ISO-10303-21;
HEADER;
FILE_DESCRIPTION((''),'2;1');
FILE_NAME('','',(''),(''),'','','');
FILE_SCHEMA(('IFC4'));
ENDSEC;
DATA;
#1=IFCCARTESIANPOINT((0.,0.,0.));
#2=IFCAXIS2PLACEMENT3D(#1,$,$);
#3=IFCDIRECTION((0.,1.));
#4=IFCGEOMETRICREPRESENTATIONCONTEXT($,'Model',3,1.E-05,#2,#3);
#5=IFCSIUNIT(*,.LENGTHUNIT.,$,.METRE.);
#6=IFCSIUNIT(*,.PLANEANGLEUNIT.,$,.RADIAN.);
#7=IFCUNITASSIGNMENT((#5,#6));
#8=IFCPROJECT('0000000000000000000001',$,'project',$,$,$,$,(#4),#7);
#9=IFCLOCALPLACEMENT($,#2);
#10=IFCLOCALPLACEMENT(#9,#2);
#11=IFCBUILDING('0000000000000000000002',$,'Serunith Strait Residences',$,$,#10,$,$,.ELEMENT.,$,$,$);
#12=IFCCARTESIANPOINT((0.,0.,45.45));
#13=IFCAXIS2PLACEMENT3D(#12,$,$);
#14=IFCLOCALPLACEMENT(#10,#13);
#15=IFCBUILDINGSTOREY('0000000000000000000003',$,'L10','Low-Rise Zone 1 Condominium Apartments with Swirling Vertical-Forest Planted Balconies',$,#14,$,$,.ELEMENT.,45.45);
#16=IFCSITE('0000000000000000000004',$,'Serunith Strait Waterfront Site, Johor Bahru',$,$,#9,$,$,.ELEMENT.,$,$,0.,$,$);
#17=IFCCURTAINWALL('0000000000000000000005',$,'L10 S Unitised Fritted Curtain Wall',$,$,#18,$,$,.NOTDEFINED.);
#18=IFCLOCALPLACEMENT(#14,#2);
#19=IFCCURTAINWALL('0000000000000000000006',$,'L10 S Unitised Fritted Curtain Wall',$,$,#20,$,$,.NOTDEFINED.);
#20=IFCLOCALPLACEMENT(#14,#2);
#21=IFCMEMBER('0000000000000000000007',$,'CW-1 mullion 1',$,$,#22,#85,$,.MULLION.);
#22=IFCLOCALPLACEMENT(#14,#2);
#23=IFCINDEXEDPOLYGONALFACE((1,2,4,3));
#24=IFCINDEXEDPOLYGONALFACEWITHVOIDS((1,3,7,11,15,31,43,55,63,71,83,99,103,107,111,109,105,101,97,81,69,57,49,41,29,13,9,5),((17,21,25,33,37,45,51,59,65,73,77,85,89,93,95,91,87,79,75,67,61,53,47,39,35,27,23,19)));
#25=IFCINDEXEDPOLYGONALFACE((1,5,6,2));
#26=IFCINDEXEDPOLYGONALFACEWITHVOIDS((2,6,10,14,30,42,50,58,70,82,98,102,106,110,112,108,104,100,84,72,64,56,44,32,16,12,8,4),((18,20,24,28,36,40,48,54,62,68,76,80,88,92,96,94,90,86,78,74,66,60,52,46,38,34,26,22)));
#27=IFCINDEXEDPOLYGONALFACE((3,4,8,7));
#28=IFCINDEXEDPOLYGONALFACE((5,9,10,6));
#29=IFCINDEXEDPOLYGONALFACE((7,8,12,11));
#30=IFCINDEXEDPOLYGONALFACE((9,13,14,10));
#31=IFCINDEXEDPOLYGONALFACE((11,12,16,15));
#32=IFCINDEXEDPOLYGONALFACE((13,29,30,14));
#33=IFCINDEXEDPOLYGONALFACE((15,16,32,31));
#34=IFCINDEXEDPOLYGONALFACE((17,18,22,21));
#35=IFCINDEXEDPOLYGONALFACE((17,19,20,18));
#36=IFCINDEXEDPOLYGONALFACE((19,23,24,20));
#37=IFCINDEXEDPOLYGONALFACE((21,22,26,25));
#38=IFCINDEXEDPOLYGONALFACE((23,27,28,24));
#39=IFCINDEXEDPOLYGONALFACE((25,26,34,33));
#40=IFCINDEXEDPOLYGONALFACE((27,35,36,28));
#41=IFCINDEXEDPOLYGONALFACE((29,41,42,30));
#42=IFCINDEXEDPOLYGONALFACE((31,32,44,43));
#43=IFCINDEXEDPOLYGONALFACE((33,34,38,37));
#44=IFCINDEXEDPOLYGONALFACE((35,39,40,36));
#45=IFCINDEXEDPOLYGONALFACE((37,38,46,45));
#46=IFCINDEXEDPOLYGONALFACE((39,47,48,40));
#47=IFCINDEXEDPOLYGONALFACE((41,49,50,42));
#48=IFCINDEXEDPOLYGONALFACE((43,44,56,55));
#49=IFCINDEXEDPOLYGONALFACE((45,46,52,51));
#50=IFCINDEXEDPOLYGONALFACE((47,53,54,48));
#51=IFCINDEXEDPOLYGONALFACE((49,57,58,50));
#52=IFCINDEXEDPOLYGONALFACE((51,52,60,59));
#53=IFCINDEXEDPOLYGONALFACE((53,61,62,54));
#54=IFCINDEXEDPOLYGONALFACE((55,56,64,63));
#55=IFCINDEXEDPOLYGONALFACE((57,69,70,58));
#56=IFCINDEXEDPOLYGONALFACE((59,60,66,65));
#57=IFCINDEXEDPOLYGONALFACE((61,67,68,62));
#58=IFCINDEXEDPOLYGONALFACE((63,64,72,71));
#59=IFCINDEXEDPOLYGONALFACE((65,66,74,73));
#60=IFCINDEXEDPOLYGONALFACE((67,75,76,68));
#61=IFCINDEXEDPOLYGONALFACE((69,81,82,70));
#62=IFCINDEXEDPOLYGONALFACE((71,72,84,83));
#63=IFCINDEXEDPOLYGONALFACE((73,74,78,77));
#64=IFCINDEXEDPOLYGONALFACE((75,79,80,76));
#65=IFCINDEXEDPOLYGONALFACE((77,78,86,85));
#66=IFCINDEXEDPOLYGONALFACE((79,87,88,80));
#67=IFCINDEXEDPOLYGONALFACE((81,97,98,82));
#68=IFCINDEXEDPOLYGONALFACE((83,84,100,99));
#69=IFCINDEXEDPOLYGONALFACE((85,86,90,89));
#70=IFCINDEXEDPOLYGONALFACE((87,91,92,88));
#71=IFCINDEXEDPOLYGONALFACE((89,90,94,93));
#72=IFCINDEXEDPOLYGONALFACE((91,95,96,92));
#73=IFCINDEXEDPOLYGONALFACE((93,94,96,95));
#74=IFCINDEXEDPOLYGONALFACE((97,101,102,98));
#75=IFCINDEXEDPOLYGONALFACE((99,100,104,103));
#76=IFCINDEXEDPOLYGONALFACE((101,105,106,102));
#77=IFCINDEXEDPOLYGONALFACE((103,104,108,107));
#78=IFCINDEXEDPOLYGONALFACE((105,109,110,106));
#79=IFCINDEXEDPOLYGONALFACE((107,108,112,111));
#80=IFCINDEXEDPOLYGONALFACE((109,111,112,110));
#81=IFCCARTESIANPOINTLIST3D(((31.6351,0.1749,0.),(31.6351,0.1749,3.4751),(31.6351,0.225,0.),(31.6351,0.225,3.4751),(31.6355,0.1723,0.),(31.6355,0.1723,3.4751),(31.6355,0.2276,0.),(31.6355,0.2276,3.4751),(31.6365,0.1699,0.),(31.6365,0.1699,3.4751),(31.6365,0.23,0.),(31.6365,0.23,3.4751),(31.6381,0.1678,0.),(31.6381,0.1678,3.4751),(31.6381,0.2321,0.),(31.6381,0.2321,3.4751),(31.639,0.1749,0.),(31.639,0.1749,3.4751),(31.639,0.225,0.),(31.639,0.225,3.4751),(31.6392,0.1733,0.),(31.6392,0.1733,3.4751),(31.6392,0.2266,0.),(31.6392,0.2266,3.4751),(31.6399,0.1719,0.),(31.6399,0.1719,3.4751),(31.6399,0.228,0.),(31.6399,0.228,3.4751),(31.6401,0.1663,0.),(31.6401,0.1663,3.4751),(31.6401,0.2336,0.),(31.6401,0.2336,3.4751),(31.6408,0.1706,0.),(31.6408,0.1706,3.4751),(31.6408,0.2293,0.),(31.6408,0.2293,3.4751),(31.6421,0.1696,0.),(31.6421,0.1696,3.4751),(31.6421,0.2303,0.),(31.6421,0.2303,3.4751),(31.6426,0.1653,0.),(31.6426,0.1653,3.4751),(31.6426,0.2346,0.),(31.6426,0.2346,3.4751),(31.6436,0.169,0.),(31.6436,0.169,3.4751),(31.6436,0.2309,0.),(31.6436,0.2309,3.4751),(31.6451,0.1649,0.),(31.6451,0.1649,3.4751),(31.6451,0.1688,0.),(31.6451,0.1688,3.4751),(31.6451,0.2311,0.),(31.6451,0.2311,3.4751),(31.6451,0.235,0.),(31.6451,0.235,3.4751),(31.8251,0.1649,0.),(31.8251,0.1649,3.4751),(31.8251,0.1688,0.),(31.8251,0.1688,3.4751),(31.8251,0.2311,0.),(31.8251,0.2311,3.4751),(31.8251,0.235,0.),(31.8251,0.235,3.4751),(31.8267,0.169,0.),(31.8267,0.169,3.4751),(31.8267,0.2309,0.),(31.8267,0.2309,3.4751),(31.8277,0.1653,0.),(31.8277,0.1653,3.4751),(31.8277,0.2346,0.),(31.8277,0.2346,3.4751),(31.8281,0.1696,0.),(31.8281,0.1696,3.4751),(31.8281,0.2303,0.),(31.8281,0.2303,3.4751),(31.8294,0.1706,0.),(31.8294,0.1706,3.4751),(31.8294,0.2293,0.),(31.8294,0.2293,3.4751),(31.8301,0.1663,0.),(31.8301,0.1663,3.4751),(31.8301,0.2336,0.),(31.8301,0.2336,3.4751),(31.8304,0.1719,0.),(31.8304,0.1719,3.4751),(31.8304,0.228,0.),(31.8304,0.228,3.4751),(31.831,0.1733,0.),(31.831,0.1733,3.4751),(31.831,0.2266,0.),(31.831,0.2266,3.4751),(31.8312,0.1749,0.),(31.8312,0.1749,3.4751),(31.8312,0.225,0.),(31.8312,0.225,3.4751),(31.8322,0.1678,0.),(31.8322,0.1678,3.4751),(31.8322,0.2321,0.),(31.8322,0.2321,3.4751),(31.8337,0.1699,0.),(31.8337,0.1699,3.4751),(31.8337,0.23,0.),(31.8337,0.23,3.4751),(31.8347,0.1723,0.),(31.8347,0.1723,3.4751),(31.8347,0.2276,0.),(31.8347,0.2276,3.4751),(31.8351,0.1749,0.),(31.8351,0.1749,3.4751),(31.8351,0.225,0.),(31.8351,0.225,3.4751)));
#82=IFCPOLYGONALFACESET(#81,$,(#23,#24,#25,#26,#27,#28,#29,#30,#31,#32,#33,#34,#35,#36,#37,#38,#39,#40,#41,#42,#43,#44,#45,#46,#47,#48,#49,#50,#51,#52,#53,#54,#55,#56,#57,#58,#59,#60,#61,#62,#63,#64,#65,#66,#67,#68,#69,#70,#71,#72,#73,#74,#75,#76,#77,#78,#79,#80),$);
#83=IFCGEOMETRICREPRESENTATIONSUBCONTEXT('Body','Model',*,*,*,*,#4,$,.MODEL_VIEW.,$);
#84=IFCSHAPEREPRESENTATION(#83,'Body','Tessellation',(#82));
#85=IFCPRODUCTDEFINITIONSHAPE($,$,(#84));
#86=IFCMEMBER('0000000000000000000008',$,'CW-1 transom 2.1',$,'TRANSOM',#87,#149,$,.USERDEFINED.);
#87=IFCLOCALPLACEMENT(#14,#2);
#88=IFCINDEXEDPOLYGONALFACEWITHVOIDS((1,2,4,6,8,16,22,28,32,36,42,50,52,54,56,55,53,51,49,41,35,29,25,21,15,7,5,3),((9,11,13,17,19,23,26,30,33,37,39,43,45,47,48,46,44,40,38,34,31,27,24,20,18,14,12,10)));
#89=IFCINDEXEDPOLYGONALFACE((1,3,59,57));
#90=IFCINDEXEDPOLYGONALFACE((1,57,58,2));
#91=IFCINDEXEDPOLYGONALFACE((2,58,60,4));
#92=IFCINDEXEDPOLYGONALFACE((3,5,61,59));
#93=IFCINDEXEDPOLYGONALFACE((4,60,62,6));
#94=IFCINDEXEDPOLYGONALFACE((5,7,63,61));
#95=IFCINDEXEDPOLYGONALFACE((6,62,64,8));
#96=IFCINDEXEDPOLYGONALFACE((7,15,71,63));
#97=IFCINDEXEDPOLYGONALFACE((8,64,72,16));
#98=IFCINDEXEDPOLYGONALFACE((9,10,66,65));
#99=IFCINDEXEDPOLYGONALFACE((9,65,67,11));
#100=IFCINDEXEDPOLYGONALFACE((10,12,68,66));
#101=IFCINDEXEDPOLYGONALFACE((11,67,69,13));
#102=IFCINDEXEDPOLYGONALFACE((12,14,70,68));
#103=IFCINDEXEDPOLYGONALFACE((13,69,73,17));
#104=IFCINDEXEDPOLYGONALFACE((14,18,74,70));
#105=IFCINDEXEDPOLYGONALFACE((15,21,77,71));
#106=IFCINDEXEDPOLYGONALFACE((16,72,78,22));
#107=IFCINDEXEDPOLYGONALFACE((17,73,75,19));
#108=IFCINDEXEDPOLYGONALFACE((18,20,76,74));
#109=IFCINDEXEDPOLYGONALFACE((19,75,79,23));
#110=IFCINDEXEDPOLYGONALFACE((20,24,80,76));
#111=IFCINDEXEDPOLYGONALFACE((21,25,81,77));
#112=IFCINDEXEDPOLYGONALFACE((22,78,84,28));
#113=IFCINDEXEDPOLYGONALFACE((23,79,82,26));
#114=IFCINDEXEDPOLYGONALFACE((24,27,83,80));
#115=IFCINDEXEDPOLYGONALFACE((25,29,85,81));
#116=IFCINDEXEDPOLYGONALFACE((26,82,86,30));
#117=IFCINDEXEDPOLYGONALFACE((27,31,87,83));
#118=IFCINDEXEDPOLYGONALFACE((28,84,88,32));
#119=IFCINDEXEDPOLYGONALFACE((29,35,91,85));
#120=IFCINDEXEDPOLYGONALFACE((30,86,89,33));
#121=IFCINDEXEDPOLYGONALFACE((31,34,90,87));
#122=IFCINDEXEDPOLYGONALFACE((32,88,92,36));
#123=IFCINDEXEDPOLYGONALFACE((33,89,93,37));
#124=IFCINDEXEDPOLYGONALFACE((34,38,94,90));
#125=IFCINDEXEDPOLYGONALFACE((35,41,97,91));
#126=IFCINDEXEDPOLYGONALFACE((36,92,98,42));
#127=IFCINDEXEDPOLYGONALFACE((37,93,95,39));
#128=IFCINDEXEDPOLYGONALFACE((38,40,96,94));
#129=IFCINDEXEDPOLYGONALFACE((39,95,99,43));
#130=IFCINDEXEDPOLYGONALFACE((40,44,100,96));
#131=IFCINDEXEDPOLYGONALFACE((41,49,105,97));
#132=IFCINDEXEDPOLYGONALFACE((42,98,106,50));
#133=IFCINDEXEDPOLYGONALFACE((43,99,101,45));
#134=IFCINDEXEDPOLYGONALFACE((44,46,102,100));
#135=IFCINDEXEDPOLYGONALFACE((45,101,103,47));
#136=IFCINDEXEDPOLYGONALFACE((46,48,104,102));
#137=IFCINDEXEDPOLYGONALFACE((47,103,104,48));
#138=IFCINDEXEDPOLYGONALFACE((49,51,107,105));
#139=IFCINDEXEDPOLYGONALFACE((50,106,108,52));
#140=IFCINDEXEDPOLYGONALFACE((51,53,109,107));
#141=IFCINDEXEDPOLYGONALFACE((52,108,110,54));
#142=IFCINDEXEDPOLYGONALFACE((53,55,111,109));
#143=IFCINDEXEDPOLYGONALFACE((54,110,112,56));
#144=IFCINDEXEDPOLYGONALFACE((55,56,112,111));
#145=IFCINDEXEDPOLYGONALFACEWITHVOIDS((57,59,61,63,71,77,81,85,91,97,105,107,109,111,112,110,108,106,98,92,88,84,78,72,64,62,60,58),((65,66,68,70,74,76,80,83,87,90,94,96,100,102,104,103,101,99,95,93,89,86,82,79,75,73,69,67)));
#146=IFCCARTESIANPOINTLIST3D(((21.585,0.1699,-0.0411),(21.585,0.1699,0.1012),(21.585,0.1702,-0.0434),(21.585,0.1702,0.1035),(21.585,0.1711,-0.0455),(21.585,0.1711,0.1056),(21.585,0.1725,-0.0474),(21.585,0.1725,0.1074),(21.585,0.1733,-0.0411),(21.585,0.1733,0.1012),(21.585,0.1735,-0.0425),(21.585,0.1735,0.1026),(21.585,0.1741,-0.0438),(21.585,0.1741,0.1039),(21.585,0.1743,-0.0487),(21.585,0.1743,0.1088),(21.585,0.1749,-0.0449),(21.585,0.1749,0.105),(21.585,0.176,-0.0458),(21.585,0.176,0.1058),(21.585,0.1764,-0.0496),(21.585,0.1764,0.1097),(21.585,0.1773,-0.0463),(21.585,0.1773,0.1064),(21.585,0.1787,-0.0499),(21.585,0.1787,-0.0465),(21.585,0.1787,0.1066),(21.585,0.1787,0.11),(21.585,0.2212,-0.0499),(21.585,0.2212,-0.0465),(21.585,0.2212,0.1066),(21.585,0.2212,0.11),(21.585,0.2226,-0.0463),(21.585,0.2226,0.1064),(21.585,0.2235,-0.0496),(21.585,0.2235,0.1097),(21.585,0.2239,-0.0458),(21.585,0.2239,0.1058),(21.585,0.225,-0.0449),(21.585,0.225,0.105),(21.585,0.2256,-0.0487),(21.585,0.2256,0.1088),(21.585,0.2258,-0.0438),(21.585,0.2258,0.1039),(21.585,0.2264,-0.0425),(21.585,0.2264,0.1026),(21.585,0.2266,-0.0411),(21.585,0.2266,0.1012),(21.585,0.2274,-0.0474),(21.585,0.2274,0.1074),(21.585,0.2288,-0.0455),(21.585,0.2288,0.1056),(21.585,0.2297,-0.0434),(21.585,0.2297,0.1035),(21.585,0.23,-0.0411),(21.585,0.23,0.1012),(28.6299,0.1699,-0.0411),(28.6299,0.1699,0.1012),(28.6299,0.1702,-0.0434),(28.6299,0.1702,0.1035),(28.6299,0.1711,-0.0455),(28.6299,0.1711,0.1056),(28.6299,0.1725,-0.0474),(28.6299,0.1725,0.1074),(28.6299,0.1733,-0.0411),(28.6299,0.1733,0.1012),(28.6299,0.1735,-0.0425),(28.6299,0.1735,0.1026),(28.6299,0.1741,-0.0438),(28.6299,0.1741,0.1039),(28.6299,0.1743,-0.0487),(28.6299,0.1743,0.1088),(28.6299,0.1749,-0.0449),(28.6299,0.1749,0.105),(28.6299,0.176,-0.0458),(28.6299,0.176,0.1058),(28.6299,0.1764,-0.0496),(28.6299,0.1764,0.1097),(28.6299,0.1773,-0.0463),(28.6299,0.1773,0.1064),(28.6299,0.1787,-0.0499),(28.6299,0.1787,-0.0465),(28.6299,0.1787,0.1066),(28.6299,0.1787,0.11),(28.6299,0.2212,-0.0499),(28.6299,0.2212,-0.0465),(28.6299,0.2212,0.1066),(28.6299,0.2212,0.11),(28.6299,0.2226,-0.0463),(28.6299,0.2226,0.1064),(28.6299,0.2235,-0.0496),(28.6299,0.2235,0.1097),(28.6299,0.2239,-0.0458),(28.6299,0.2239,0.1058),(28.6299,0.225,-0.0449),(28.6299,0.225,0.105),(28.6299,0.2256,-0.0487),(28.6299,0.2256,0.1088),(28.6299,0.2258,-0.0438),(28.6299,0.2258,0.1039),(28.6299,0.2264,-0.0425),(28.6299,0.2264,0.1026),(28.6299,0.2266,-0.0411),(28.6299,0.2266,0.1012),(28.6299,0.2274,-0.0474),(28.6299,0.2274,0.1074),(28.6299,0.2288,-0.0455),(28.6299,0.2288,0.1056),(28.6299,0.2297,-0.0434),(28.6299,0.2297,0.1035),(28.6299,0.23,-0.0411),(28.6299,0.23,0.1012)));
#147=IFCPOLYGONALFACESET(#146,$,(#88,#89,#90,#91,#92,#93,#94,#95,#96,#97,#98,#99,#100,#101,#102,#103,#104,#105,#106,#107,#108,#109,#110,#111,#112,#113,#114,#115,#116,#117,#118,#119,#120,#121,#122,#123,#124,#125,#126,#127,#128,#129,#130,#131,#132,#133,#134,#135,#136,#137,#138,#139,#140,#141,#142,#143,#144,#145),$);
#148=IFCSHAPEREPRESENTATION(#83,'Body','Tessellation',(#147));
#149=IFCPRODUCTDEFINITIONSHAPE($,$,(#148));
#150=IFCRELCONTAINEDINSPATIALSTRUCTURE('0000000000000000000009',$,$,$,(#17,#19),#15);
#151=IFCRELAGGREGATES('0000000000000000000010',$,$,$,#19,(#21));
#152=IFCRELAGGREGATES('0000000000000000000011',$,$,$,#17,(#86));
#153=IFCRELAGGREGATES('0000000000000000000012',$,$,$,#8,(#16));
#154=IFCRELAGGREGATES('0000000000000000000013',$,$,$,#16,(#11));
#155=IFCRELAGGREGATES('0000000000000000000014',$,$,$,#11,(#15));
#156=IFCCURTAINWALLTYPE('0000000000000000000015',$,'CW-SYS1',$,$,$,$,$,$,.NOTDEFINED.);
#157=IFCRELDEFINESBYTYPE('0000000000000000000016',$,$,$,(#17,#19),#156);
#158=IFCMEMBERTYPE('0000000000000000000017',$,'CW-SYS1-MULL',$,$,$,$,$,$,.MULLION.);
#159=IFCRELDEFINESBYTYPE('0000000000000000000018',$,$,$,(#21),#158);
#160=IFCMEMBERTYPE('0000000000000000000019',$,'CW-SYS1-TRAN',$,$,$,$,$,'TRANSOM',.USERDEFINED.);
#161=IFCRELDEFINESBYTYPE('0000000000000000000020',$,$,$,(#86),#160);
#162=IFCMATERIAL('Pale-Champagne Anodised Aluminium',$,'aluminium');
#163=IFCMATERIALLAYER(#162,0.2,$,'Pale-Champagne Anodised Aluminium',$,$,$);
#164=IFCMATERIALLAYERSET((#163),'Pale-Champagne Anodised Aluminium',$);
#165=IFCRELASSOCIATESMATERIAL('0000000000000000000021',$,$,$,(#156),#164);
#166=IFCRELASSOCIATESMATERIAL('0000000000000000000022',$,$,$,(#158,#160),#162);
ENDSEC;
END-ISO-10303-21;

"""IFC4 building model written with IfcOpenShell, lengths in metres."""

from ifc_helpers import new_model, si_unit, direction, frame, origin, origin_2d, place, context, subcontext, project, spatial, hollow_rectangle, extrude, source, transform, mapped, material, layer, layer_set, material_profile, profile_set, type_object, element, aggregate, save


model = new_model("IFC4")

# Units and contexts
model_context = context("Model", 3, precision=1e-05, world=origin(), true_north=direction((0.0, 1.0)))
body_context = subcontext(model_context, "Body", "Model", "MODEL_VIEW")
ifc_project = project(units=[si_unit("LENGTHUNIT", "METRE"), si_unit("PLANEANGLEUNIT", "RADIAN")], contexts=[model_context])

# Site, building, storey
site_placement = place(None, origin())
site = spatial("IfcSite", under=ifc_project, at=site_placement, Name="Serunith Strait Waterfront Site, Johor Bahru", CompositionType="ELEMENT", RefElevation=0.0)
building_placement = place(site_placement, origin())
building = spatial("IfcBuilding", under=site, at=building_placement, Name="Serunith Strait Residences", CompositionType="ELEMENT")
storey_placement = place(building_placement, frame((0.0, 0.0, 45.45)))
storey = spatial("IfcBuildingStorey", under=building, at=storey_placement, Name="L10", Description="Low-Rise Zone 1 Condominium Apartments with Swirling Vertical-Forest Planted Balconies", CompositionType="ELEMENT", Elevation=45.45)

# Curtain wall
ifc_material_1 = material(Name="Pale-Champagne Anodised Aluminium", Category="aluminium")
ifc_layer_1 = layer(ifc_material_1, 0.2, Name="Pale-Champagne Anodised Aluminium")
ifc_layer_set_1 = layer_set([ifc_layer_1], Name="Pale-Champagne Anodised Aluminium")
curtain_wall_type = type_object("IfcCurtainWallType", Name="CW-SYS1", PredefinedType="NOTDEFINED", material=ifc_layer_set_1)
curtain_wall_1_placement = place(storey_placement, origin())
curtain_wall_1 = element("IfcCurtainWall", 1, at=curtain_wall_1_placement, inside=storey, type_object=curtain_wall_type, Name="L10 S Unitised Fritted Curtain Wall", PredefinedType="NOTDEFINED")
ifc_material_profile_1 = material_profile(ifc_material_1, hollow_rectangle(XDim=0.0701, YDim=0.2, WallThickness=0.0039, InnerFilletRadius=0.0061, OuterFilletRadius=0.01, at=origin_2d()), Name="ALU 200x70x4")
ifc_profile_set_1 = profile_set([ifc_material_profile_1], Name="Pale-Champagne Anodised Aluminium")
member_type_1 = type_object("IfcMemberType", Name="CW-SYS1-MULL", PredefinedType="MULLION", material=ifc_profile_set_1)
shared_shape_1 = source(origin(), body_context, "Body", "SweptSolid", [
    extrude(hollow_rectangle(XDim=0.0701, YDim=0.2, WallThickness=0.0039, InnerFilletRadius=0.0061, OuterFilletRadius=0.01, at=origin_2d()), origin(), (0.0, 0.0, 1.0), 3.4751),
])

# Curtain wall, member
curtain_wall_2_placement = place(storey_placement, origin())
curtain_wall_2 = element("IfcCurtainWall", 2, at=curtain_wall_2_placement, inside=storey, type_object=curtain_wall_type, Name="L10 S Unitised Fritted Curtain Wall", PredefinedType="NOTDEFINED")
member_1_placement = place(storey_placement, frame((31.7351, 0.2, 0.0), z_axis=(0.0, 0.0, 1.0), x_axis=(0.0, 1.0, 0.0)))
member_1 = element("IfcMember", 3, at=member_1_placement, type_object=member_type_1, Name="CW-1 mullion 1", PredefinedType="MULLION", context=body_context, shape_type="MappedRepresentation", body=[
    mapped(shared_shape_1, transform((0.0, 0.0, 0.0), scale=1.0)),
])

# Member
ifc_material_profile_2 = material_profile(ifc_material_1, hollow_rectangle(XDim=0.0601, YDim=0.1599, WallThickness=0.0034, InnerFilletRadius=0.0054, OuterFilletRadius=0.0088, at=origin_2d()), Name="ALU 160x60x3.5")
ifc_profile_set_2 = profile_set([ifc_material_profile_2], Name="Pale-Champagne Anodised Aluminium")
member_type_2 = type_object("IfcMemberType", Name="CW-SYS1-TRAN", ElementType="TRANSOM", PredefinedType="USERDEFINED", material=ifc_profile_set_2)
shared_shape_2 = source(origin(), body_context, "Body", "SweptSolid", [
    extrude(hollow_rectangle(XDim=0.0601, YDim=0.1599, WallThickness=0.0034, InnerFilletRadius=0.0054, OuterFilletRadius=0.0088, at=origin_2d()), origin(), (0.0, 0.0, 1.0), 7.0449),
])
member_2_placement = place(storey_placement, frame((21.585, 0.2, 0.03), z_axis=(1.0, 0.0, 0.0), x_axis=(0.0, 1.0, 0.0)))
member_2 = element("IfcMember", 4, at=member_2_placement, type_object=member_type_2, Name="CW-1 transom 2.1", ObjectType="TRANSOM", PredefinedType="USERDEFINED", context=body_context, shape_type="MappedRepresentation", body=[
    mapped(shared_shape_2, transform((0.0, 0.0, 0.0), scale=1.0)),
])
aggregate(curtain_wall_2, [member_1])

aggregate(curtain_wall_1, [member_2])

save(model, "model.ifc")
